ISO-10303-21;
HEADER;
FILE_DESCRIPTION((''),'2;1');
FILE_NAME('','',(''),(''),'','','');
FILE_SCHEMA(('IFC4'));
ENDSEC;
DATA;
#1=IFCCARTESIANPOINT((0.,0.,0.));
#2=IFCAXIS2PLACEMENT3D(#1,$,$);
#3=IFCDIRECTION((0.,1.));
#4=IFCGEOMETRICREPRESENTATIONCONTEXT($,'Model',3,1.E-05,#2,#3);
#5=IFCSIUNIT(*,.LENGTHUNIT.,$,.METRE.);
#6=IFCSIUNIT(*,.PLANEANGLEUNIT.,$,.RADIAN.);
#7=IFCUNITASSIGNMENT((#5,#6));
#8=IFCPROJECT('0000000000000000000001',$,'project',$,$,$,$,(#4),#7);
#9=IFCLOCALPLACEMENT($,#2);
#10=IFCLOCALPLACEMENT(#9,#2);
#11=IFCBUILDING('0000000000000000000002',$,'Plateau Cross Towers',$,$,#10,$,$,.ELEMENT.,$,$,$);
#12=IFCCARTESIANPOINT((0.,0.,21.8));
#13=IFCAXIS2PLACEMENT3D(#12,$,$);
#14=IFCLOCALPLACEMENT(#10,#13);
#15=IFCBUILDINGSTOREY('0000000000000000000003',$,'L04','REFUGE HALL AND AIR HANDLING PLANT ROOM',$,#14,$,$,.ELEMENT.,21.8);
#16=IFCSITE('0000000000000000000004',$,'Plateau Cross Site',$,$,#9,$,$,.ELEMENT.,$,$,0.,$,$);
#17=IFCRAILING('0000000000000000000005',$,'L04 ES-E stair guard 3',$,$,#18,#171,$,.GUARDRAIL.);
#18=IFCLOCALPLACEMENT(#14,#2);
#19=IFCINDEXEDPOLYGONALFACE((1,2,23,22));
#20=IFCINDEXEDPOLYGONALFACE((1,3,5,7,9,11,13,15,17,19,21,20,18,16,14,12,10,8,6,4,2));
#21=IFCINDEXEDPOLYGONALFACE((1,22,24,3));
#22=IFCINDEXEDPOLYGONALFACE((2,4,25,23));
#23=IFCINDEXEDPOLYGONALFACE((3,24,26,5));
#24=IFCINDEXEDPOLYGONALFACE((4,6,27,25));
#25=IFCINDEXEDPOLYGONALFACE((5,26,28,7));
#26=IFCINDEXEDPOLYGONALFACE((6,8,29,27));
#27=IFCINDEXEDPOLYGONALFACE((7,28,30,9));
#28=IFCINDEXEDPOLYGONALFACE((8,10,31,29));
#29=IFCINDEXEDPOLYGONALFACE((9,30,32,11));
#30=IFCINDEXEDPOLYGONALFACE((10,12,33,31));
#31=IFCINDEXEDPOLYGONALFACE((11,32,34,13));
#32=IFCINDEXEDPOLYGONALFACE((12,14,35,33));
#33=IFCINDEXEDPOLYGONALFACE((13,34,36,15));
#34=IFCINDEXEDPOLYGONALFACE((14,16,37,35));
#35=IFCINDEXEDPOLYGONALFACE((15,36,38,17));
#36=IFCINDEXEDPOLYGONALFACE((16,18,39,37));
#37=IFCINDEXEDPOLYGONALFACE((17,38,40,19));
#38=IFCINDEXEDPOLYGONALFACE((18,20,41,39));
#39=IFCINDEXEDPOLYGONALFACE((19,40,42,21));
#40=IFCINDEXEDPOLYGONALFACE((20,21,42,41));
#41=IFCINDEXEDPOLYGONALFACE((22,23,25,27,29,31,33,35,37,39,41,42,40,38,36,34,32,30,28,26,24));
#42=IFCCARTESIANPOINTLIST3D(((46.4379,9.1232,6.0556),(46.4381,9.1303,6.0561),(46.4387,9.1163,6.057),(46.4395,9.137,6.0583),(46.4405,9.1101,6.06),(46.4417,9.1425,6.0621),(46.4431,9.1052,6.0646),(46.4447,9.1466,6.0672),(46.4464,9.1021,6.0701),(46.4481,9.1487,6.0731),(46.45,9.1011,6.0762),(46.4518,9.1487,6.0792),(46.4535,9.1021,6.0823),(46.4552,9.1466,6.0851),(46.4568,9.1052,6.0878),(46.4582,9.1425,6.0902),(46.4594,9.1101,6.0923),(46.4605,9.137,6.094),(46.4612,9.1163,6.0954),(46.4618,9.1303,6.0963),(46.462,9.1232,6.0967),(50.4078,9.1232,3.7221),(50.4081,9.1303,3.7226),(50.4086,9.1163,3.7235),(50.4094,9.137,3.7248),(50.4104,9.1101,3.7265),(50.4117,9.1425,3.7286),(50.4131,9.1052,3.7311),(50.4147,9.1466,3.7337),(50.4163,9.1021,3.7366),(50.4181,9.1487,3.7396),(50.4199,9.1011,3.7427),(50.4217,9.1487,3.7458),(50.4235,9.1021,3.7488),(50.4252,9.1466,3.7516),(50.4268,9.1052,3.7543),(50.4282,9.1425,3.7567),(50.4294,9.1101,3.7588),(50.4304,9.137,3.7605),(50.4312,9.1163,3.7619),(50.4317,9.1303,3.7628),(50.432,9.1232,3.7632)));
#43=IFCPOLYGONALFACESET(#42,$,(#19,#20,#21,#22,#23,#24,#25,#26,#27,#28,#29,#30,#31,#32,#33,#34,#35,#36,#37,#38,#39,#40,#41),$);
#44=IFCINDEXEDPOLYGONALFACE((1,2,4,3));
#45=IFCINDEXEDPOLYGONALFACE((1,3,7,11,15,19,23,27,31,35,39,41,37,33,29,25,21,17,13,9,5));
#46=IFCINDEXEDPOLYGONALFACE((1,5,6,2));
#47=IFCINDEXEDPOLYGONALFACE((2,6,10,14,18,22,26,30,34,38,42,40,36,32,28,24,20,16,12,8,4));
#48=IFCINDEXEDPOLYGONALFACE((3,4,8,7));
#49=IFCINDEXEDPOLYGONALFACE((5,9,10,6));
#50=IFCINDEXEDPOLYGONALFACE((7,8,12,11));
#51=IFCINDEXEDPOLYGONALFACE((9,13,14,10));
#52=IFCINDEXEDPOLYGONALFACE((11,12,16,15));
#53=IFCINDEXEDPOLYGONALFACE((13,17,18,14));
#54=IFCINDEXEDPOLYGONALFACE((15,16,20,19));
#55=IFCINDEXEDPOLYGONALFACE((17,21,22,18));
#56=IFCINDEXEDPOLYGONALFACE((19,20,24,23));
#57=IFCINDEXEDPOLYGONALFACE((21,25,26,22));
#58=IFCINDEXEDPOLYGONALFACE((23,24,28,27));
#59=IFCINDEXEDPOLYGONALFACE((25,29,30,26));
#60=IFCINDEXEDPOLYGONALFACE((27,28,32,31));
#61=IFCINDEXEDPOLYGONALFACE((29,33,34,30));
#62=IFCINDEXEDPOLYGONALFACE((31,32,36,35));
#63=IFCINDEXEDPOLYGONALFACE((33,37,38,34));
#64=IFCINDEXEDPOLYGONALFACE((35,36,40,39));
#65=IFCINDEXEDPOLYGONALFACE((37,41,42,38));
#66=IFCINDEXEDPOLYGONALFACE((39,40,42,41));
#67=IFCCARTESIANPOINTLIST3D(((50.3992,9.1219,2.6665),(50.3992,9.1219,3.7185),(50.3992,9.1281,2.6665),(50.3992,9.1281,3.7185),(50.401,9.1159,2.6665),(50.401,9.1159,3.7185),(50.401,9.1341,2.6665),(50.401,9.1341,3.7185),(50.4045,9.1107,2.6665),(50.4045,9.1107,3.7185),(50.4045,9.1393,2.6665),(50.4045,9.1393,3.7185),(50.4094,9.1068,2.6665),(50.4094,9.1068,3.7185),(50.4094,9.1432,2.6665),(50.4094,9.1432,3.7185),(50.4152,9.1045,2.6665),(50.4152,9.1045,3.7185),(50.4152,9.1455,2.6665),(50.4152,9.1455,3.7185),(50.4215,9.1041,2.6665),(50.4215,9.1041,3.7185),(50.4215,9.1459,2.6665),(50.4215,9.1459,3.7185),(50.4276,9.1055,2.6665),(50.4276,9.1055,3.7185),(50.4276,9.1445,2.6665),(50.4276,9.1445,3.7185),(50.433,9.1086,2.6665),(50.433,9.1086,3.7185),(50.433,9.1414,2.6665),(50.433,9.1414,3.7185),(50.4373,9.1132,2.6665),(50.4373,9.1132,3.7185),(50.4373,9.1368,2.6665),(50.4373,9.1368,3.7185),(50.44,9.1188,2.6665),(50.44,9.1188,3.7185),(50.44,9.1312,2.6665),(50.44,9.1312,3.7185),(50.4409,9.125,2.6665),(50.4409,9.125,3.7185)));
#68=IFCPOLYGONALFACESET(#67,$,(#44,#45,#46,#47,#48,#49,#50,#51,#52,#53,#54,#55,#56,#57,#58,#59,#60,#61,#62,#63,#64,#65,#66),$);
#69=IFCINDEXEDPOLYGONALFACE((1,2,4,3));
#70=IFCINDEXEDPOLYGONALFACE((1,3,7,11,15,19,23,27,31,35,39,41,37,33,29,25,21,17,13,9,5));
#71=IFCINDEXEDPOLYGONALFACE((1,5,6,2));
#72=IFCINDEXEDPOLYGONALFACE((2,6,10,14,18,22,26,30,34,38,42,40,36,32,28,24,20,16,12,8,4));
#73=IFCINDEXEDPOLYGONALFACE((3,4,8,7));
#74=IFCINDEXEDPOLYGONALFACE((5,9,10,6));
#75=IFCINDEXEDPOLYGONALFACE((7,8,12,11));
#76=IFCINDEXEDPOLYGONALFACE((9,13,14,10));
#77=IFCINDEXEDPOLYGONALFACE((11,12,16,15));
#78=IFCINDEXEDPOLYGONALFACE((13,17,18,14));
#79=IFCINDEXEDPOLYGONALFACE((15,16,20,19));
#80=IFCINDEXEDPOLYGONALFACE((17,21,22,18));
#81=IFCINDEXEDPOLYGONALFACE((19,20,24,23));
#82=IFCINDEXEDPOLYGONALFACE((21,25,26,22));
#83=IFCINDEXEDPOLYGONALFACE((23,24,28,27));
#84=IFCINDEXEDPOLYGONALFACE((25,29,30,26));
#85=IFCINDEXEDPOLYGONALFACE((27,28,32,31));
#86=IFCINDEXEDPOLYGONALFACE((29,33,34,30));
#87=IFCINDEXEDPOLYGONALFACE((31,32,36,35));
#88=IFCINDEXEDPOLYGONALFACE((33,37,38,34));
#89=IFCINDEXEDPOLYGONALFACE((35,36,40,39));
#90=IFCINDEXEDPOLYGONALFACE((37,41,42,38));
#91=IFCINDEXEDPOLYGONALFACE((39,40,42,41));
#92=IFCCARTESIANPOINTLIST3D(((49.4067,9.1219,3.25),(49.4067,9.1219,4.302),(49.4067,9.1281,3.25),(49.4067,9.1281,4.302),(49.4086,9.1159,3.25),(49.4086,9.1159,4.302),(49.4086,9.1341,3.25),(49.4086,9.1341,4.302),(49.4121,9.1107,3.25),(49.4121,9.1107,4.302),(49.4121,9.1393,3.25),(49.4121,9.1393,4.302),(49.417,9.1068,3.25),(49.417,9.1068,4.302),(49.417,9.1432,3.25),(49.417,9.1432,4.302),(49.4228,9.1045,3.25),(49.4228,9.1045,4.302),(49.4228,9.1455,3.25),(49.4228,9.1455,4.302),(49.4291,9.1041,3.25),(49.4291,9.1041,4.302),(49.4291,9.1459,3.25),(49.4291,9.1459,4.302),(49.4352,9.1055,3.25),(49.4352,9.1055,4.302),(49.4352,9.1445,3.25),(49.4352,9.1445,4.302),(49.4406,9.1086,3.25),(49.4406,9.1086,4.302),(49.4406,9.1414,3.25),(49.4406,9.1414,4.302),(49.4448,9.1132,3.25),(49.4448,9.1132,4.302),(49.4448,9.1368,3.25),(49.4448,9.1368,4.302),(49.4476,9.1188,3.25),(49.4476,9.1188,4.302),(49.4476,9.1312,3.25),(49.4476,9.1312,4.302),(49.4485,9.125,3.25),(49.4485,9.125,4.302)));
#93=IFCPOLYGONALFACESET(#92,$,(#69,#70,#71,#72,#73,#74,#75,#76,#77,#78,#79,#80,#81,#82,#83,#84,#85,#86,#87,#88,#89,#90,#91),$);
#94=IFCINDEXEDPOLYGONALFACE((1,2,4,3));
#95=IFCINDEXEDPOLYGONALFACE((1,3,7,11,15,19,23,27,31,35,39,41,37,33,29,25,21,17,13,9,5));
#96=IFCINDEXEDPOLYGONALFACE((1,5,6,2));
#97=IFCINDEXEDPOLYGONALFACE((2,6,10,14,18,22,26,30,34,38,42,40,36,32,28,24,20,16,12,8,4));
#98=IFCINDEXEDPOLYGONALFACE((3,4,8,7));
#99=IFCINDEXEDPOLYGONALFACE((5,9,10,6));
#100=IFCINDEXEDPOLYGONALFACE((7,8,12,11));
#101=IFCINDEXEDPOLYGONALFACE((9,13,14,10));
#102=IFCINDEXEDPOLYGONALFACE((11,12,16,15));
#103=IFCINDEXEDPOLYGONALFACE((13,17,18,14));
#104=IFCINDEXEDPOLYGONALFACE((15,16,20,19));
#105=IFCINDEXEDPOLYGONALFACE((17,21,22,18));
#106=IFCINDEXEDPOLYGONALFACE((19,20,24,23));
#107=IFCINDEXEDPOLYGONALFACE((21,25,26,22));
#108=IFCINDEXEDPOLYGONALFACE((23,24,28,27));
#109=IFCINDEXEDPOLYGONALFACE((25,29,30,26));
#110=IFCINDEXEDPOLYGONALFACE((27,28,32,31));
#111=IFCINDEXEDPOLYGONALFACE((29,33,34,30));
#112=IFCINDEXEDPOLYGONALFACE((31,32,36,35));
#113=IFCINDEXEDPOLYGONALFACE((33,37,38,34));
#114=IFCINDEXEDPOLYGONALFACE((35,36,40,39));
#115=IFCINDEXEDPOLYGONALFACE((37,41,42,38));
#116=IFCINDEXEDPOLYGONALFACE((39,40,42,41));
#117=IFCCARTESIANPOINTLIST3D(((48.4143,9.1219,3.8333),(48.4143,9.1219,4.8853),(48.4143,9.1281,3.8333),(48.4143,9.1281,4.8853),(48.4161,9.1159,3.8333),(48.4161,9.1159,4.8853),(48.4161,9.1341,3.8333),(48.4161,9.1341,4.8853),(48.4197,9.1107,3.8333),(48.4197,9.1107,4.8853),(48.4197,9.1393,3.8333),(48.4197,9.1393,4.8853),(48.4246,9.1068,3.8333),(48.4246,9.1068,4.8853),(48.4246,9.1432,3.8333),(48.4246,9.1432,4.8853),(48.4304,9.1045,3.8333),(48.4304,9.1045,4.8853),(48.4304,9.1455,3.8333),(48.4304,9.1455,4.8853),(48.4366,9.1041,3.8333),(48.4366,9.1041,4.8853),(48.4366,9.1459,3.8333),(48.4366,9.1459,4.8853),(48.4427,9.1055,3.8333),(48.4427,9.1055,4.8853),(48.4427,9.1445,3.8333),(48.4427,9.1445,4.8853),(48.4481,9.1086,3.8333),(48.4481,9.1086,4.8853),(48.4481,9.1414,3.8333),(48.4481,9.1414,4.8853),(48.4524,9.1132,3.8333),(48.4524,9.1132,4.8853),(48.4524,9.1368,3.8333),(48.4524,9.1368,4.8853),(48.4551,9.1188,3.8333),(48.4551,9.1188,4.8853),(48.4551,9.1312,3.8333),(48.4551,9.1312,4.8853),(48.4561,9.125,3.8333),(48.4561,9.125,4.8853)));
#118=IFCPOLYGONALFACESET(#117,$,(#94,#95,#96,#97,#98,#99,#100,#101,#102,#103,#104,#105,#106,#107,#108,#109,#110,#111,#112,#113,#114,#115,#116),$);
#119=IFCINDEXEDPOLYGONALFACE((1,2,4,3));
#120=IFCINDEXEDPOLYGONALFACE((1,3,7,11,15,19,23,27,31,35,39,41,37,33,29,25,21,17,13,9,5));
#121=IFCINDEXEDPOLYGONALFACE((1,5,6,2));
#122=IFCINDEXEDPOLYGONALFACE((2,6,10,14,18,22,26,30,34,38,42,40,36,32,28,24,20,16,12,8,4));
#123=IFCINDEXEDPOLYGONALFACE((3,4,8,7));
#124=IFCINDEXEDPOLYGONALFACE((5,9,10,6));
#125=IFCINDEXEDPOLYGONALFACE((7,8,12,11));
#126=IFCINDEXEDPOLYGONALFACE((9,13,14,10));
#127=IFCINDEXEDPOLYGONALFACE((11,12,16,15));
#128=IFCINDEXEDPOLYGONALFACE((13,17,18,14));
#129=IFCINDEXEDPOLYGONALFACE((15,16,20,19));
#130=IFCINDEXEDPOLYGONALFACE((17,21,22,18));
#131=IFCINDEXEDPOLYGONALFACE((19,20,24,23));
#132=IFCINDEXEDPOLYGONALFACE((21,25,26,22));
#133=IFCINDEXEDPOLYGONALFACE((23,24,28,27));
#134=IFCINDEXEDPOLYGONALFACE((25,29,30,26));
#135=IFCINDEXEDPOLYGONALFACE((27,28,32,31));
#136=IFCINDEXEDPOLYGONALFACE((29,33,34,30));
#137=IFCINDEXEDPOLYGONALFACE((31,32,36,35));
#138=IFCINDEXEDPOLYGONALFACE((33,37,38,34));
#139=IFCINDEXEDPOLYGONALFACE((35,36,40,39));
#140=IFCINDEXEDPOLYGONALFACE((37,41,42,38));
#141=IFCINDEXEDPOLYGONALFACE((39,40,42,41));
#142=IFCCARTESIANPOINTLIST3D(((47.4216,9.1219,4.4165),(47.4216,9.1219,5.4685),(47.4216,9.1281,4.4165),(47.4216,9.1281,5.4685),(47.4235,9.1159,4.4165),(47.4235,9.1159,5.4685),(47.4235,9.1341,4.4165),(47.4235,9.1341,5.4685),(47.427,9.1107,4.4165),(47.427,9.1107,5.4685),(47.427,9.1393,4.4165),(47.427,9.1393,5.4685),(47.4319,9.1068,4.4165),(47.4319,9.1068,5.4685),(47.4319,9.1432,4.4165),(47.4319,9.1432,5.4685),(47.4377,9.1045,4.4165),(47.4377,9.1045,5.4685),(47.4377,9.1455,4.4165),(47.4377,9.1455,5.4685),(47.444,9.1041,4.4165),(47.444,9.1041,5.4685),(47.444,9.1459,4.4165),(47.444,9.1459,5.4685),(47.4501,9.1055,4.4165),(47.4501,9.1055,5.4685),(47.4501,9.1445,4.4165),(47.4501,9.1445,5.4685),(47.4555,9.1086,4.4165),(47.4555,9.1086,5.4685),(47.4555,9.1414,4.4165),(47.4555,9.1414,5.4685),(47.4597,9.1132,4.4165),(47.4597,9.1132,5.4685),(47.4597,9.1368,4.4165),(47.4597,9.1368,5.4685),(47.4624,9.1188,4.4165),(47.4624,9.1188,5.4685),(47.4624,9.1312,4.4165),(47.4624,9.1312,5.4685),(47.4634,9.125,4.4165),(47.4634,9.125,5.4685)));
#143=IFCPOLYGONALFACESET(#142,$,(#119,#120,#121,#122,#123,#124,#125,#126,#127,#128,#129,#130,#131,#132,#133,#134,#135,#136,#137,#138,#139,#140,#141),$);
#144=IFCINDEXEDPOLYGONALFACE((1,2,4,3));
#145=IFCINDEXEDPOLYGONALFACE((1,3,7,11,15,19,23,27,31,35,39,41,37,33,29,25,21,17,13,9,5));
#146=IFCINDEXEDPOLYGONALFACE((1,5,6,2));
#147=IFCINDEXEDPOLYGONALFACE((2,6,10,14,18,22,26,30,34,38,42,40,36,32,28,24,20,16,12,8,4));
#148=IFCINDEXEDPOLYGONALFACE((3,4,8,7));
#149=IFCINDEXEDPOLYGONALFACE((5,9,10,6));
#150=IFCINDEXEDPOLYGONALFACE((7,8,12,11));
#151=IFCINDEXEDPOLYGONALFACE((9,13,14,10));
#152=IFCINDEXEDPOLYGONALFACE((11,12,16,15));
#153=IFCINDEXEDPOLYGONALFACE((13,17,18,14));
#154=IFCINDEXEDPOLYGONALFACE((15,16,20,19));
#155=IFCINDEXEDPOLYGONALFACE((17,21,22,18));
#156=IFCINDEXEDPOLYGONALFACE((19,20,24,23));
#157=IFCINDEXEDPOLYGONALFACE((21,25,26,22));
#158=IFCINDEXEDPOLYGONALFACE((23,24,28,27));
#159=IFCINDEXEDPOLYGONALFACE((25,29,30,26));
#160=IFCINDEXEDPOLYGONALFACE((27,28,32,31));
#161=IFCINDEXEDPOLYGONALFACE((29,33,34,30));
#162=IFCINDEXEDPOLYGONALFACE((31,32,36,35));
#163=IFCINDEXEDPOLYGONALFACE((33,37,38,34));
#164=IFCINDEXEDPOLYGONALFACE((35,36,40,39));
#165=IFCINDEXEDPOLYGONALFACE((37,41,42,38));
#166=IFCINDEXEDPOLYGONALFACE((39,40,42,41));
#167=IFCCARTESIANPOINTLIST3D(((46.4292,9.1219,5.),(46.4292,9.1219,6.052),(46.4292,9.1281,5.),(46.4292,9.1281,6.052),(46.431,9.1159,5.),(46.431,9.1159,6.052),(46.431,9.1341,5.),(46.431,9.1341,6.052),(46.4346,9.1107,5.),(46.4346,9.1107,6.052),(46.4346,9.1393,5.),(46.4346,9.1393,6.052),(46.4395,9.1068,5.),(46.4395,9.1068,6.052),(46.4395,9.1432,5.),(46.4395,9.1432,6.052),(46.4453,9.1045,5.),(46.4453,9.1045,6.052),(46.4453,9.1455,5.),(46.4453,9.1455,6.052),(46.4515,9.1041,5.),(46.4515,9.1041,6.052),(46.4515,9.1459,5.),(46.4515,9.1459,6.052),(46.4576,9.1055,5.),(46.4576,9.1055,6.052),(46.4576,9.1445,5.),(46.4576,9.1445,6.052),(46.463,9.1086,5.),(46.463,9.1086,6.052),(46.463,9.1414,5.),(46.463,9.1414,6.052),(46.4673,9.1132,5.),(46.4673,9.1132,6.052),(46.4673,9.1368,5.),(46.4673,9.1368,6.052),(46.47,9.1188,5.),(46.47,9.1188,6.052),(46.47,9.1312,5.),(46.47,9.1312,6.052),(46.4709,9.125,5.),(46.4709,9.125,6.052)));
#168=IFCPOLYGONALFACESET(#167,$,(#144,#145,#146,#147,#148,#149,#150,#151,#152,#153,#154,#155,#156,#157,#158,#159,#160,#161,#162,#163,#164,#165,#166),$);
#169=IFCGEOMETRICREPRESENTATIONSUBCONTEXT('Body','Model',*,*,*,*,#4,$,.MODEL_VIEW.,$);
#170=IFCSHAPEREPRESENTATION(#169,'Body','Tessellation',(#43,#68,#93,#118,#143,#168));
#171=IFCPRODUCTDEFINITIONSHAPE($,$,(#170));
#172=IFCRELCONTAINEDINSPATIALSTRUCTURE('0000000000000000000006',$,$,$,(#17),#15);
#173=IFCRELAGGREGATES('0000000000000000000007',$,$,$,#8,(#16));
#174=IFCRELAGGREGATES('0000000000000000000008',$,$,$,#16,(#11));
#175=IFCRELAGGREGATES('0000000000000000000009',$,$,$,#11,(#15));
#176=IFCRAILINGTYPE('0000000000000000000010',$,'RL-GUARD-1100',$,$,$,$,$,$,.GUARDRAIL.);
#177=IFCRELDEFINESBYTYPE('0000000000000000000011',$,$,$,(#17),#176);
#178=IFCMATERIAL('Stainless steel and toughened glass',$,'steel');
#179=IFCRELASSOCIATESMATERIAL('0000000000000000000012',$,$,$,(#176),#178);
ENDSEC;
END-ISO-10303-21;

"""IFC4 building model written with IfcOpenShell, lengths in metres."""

from ifc_helpers import new_model, si_unit, direction, frame, origin, origin_2d, place, context, subcontext, project, spatial, circle, extrude, material, type_object, element, save


model = new_model("IFC4")

# Units and contexts
model_context = context("Model", 3, precision=1e-05, world=origin(), true_north=direction((0.0, 1.0)))
body_context = subcontext(model_context, "Body", "Model", "MODEL_VIEW")
ifc_project = project(units=[si_unit("LENGTHUNIT", "METRE"), si_unit("PLANEANGLEUNIT", "RADIAN")], contexts=[model_context])

# Site, building, storey
site_placement = place(None, origin())
site = spatial("IfcSite", under=ifc_project, at=site_placement, Name="Plateau Cross Site", CompositionType="ELEMENT", RefElevation=0.0)
building_placement = place(site_placement, origin())
building = spatial("IfcBuilding", under=site, at=building_placement, Name="Plateau Cross Towers", CompositionType="ELEMENT")
storey_placement = place(building_placement, frame((0.0, 0.0, 21.8)))
storey = spatial("IfcBuildingStorey", under=building, at=storey_placement, Name="L04", Description="REFUGE HALL AND AIR HANDLING PLANT ROOM", CompositionType="ELEMENT", Elevation=21.8)

# Railing
ifc_material_1 = material(Name="Stainless steel and toughened glass", Category="steel")
railing_type_1 = type_object("IfcRailingType", Name="RL-GUARD-1100", PredefinedType="GUARDRAIL", material=ifc_material_1)
railing_1_placement = place(storey_placement, frame((50.4199, 9.125, 2.6665)))
element("IfcRailing", 1, at=railing_1_placement, inside=storey, type_object=railing_type_1, Name="L04 ES-E stair guard 3", PredefinedType="GUARDRAIL", context=body_context, shape_type="SweptSolid", body=[
    extrude(circle(Radius=0.0239, at=origin_2d()), frame((0.0, 0.0, 1.0762), z_axis=(-0.862103, 0.0, 0.506733), x_axis=(0.0, -1.0, 0.0)), (0.0, 0.0, 1.0), 4.605),
    extrude(circle(Radius=0.021, at=origin_2d()), origin(), (0.0, 0.0, 1.0), 1.052),
    extrude(circle(Radius=0.021, at=origin_2d()), frame((-0.9924, 0.0, 0.5835)), (0.0, 0.0, 1.0), 1.052),
    extrude(circle(Radius=0.021, at=origin_2d()), frame((-1.9849, 0.0, 1.1667)), (0.0, 0.0, 1.0), 1.052),
    extrude(circle(Radius=0.021, at=origin_2d()), frame((-2.9775, 0.0, 1.75)), (0.0, 0.0, 1.0), 1.052),
    extrude(circle(Radius=0.021, at=origin_2d()), frame((-3.97, 0.0, 2.3335)), (0.0, 0.0, 1.0), 1.052),
])

save(model, "model.ifc")
